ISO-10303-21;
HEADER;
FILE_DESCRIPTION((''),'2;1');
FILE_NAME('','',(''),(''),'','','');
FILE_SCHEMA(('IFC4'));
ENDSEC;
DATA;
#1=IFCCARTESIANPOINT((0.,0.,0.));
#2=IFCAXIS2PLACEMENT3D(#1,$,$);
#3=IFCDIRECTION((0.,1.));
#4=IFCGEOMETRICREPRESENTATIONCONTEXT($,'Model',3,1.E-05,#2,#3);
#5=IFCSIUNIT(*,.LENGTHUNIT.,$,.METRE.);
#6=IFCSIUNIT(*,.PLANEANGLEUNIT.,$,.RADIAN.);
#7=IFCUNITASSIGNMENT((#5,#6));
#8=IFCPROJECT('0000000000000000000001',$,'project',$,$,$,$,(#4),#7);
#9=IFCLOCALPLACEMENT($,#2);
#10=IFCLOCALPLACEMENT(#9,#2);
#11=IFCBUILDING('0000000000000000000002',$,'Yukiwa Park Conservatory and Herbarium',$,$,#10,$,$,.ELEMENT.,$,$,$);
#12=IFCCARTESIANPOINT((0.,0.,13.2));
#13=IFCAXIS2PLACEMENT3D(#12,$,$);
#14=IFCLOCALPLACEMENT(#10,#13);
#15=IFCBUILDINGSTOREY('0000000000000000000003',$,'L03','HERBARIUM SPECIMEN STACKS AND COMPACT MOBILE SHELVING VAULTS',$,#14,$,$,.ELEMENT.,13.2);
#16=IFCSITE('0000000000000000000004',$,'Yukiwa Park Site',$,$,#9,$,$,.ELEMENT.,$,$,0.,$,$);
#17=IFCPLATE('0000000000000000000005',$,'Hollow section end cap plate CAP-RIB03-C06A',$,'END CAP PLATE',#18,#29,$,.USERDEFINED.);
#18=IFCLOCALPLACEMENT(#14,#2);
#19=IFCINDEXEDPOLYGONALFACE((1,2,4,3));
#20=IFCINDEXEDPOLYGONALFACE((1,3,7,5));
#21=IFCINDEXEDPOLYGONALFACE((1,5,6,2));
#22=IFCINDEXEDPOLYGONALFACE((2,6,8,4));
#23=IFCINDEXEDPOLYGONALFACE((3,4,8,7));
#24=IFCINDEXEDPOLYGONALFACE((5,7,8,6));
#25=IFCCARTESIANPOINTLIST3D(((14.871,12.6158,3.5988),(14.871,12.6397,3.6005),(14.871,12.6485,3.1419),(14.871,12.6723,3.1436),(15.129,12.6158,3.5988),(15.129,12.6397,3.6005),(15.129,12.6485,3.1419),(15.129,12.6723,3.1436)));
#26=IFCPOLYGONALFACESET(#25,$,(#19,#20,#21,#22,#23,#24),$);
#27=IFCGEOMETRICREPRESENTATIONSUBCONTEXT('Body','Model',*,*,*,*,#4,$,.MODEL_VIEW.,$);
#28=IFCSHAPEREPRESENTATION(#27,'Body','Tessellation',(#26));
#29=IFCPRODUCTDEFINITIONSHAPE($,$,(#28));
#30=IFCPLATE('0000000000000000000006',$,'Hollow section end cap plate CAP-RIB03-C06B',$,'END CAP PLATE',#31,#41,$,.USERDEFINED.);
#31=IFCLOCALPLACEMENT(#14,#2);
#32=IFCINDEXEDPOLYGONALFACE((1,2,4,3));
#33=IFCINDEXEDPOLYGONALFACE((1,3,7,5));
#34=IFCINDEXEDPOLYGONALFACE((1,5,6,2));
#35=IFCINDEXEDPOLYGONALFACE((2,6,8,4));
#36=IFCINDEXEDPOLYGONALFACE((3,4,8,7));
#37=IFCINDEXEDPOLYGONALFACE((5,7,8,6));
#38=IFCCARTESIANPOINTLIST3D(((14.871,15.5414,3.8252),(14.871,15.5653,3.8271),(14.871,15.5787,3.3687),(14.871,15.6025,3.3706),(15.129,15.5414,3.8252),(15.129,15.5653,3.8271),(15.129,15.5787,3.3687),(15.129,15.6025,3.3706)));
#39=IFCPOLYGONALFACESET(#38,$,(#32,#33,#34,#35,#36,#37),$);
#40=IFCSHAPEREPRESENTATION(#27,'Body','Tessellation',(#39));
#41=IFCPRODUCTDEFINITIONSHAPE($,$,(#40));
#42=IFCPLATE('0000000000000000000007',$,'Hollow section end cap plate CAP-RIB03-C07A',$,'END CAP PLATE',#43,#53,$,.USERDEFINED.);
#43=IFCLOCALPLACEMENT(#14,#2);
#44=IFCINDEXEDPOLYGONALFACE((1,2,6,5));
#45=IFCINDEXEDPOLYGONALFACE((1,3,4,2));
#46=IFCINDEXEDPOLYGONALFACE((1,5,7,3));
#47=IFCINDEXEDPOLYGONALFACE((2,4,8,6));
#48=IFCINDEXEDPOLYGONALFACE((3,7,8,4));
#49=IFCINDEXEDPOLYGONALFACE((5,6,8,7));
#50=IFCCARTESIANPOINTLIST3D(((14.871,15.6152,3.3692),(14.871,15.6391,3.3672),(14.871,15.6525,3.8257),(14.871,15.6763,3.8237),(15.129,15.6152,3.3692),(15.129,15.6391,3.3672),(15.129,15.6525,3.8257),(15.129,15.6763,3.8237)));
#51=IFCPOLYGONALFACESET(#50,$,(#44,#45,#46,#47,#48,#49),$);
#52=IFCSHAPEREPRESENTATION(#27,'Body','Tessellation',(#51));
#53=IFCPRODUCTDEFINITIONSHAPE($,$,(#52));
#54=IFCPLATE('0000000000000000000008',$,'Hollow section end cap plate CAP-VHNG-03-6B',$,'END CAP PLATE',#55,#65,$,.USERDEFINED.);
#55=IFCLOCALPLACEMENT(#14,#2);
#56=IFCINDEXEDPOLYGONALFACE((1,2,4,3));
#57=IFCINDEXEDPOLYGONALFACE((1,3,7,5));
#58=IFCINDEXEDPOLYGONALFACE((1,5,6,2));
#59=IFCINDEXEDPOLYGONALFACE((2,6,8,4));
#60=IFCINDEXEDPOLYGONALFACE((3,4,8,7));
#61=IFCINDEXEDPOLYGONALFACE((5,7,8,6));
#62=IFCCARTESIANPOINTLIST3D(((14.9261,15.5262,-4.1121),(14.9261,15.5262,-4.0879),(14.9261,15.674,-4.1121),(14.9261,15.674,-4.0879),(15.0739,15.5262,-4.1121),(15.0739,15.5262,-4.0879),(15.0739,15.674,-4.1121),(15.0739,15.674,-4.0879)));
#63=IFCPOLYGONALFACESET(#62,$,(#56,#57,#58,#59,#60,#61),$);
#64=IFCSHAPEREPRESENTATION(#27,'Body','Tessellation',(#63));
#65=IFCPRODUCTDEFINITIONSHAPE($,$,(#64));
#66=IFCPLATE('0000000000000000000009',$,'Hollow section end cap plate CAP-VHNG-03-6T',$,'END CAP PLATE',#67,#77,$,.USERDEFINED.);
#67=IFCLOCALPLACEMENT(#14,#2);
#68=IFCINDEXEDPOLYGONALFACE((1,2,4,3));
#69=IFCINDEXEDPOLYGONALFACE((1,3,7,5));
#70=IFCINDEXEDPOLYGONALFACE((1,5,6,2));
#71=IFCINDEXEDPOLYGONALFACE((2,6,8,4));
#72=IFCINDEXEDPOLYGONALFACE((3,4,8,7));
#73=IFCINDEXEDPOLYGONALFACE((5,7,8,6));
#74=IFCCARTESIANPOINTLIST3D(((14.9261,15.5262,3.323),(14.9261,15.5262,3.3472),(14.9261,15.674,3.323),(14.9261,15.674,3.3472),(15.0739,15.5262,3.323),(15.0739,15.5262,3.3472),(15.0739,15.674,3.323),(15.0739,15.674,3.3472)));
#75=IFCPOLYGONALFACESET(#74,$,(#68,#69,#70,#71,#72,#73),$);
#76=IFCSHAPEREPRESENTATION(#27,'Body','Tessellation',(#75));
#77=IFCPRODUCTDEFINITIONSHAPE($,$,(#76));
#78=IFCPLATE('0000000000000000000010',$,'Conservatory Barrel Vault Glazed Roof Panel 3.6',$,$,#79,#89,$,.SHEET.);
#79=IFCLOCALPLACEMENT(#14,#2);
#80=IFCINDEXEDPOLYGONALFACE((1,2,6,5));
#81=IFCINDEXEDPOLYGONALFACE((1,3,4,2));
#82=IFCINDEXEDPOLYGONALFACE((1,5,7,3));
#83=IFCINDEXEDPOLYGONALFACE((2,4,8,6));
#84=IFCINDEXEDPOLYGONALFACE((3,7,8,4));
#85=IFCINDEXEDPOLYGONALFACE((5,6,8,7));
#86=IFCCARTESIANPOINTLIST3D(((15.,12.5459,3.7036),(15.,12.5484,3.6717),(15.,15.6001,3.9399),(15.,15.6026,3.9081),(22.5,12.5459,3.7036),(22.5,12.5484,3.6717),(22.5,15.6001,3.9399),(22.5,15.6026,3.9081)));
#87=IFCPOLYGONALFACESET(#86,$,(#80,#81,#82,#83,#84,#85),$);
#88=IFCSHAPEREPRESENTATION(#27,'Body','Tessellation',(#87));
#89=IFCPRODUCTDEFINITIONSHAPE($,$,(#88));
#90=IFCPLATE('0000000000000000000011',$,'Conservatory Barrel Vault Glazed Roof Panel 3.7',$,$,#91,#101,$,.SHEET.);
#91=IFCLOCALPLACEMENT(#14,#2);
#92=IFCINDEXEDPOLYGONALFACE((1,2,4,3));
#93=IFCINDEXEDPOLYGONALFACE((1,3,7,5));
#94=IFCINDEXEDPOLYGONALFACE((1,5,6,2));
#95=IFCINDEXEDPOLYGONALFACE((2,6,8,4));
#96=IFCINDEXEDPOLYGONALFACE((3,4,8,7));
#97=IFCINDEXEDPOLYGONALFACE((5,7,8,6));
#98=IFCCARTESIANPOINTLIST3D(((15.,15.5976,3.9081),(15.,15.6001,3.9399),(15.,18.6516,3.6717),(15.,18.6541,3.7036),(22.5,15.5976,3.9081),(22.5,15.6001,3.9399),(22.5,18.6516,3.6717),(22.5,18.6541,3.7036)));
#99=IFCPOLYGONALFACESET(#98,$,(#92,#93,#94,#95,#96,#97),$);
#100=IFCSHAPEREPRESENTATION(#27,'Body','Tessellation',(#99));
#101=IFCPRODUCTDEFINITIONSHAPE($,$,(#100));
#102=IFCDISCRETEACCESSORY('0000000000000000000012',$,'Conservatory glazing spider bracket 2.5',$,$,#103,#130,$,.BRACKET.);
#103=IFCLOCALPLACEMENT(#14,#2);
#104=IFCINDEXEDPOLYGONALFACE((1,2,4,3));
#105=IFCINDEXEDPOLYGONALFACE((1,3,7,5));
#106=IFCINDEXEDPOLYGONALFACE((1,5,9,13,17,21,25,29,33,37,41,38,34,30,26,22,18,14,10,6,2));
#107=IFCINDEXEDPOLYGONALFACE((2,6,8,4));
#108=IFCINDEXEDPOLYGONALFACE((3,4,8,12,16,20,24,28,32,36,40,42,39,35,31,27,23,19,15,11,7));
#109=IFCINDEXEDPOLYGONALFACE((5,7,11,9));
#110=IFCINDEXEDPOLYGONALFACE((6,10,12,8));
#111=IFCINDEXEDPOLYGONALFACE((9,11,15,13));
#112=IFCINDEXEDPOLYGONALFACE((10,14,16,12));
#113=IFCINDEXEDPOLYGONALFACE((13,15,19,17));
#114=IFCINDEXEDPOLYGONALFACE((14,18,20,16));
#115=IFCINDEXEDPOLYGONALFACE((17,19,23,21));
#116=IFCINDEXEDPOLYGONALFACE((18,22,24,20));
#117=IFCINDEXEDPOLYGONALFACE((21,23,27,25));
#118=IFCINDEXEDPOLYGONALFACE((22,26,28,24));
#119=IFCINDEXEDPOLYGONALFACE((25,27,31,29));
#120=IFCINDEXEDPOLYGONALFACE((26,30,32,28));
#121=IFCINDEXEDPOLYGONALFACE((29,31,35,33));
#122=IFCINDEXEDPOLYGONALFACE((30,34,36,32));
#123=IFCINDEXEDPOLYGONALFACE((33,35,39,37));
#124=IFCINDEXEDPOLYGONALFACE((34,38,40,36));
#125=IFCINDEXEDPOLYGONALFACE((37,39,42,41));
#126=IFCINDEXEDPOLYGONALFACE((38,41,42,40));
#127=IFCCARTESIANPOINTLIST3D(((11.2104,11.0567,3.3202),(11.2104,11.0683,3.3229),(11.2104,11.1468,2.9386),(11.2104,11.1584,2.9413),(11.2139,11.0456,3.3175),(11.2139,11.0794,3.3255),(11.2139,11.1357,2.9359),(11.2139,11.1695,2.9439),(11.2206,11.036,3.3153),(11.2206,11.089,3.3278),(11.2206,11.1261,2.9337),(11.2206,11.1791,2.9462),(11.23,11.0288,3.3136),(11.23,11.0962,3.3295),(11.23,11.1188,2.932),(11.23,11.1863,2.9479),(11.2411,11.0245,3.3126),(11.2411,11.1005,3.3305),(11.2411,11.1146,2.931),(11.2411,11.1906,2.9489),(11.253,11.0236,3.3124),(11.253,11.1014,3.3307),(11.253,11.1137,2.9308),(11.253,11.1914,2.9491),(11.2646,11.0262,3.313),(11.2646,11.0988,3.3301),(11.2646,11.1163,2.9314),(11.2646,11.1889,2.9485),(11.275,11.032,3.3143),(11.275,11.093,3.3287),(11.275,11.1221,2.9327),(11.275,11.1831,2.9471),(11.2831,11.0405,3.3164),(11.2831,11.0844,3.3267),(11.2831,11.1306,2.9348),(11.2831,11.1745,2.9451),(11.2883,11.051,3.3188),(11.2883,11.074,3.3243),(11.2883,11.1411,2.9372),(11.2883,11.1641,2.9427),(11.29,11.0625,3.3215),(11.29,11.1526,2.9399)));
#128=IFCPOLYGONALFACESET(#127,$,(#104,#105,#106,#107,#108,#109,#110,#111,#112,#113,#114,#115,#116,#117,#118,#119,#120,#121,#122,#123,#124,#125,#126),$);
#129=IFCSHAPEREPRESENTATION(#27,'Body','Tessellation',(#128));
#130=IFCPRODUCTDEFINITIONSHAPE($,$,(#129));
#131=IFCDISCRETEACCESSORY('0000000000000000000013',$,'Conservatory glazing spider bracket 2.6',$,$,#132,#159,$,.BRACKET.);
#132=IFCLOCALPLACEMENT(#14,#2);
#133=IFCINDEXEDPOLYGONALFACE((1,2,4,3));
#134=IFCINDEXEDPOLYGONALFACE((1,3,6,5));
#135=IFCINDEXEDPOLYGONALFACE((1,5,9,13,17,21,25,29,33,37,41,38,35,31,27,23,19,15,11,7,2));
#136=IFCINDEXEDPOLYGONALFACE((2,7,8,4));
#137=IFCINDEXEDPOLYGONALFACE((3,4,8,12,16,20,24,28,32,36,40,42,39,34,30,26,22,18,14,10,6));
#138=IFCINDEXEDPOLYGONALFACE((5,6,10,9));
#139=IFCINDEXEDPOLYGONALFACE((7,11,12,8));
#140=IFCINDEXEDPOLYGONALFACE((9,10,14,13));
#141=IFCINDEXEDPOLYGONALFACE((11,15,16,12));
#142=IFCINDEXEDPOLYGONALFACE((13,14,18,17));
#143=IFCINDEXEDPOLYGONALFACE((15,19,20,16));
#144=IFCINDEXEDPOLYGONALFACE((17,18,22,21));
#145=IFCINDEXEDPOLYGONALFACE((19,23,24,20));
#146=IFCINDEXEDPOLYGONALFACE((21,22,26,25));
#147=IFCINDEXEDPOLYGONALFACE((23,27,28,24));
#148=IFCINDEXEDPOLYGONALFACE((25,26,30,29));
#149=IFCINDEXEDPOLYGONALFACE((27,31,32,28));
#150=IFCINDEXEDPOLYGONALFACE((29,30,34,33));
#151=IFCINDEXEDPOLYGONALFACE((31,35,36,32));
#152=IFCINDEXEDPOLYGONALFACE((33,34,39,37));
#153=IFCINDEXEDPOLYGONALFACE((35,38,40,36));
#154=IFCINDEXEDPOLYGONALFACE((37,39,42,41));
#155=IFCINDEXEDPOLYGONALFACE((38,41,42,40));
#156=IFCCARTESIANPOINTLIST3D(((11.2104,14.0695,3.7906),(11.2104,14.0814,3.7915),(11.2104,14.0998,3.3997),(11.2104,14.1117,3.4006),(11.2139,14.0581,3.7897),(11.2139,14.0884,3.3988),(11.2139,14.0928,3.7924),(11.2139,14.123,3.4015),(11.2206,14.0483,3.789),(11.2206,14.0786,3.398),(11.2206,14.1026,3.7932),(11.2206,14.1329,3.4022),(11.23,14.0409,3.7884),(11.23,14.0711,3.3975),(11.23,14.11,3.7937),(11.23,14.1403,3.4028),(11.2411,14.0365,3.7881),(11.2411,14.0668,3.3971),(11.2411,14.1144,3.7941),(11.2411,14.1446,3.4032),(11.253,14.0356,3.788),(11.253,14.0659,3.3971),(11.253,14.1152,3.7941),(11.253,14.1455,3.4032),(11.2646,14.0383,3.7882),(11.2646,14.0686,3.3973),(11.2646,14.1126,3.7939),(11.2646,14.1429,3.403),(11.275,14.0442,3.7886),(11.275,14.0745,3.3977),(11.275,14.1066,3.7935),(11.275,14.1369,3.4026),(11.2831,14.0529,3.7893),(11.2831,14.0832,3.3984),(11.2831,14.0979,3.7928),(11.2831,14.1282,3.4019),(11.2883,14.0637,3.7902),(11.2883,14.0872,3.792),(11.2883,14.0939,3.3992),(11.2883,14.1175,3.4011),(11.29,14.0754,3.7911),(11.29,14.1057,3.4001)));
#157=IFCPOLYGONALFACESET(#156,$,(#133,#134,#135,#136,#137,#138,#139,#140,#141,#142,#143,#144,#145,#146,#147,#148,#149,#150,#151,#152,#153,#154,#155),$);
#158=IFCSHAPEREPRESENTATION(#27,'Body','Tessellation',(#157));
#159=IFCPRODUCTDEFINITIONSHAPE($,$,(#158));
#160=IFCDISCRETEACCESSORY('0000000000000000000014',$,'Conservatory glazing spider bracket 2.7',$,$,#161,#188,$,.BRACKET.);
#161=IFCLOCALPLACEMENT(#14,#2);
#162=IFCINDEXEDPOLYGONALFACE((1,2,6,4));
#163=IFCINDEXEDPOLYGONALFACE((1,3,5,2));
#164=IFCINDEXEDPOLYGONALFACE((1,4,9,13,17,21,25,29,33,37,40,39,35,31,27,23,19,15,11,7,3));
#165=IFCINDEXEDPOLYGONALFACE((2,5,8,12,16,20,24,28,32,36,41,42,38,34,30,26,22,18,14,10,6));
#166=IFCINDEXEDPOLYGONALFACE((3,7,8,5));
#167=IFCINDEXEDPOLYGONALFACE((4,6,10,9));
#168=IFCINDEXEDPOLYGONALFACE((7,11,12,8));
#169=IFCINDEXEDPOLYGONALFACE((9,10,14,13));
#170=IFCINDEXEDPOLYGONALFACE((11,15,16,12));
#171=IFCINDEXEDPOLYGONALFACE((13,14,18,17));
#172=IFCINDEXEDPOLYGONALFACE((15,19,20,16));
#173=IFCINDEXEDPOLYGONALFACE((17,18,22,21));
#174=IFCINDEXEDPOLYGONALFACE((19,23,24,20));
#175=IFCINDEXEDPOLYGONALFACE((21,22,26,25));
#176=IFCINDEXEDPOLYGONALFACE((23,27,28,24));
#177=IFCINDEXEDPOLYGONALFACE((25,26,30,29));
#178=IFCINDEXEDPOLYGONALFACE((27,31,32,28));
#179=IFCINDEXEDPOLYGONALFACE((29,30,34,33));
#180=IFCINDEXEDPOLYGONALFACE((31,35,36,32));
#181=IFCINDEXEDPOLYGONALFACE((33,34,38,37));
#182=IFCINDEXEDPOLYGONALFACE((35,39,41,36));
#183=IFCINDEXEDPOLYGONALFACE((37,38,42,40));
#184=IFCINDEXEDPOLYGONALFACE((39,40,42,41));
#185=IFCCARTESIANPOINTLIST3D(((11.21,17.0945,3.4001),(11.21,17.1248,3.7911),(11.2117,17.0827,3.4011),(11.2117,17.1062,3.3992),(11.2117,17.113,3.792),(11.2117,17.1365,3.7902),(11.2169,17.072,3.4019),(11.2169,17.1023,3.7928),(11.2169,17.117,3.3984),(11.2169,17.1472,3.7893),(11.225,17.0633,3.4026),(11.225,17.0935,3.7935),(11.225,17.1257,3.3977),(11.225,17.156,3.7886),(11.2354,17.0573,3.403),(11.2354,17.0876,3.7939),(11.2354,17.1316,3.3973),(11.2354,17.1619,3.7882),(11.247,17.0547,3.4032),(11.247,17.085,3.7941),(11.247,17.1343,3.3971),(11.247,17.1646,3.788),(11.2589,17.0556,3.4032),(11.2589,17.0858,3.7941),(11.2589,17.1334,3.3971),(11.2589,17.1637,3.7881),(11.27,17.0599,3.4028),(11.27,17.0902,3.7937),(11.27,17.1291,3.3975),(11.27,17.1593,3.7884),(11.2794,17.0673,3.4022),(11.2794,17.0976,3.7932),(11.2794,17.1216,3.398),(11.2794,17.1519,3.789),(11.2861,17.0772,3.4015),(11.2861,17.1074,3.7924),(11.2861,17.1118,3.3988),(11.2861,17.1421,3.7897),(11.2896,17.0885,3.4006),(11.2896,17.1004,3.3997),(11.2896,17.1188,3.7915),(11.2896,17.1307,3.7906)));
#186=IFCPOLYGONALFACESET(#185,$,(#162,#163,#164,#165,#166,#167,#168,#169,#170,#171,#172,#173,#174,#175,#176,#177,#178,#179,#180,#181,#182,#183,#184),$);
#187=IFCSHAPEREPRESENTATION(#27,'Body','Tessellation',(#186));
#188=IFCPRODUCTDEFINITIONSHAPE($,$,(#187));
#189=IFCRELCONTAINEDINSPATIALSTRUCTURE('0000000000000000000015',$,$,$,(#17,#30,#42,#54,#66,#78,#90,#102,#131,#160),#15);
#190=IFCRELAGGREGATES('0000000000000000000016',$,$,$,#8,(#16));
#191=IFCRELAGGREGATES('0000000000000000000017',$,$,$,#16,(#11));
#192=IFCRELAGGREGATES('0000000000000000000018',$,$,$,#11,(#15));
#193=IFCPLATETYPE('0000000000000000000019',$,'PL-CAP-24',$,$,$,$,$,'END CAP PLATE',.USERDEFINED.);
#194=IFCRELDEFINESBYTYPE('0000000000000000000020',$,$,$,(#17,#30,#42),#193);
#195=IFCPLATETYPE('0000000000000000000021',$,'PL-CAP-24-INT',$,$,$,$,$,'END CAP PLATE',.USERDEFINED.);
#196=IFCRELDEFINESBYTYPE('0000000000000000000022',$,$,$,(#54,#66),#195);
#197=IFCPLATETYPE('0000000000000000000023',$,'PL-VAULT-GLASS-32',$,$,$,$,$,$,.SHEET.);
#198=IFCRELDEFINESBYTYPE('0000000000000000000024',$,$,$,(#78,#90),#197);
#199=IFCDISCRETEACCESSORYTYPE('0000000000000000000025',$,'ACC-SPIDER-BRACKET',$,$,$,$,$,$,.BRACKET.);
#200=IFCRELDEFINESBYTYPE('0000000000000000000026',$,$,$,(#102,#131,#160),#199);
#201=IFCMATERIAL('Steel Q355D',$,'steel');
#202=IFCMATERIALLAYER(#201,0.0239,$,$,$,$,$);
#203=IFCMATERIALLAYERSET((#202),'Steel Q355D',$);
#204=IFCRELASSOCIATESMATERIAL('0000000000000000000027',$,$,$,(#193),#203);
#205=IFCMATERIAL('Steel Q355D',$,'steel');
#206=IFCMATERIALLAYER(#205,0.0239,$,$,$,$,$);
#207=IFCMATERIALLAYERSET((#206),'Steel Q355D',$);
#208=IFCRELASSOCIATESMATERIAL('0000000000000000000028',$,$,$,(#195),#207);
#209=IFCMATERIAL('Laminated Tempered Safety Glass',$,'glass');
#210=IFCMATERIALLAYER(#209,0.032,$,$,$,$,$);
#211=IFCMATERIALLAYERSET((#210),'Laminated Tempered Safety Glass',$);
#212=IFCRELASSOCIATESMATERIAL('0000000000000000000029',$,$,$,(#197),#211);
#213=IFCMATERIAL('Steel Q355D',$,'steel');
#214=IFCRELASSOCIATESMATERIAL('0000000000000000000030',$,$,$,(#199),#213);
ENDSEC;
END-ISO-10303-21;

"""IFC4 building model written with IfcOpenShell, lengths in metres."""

from ifc_helpers import new_model, si_unit, direction, frame, origin, origin_2d, place, context, subcontext, project, spatial, polyline, rectangle, circle, outline, extrude, material, layer, layer_set, type_object, element, save


model = new_model("IFC4")

# Units and contexts
model_context = context("Model", 3, precision=1e-05, world=origin(), true_north=direction((0.0, 1.0)))
body_context = subcontext(model_context, "Body", "Model", "MODEL_VIEW")
ifc_project = project(units=[si_unit("LENGTHUNIT", "METRE"), si_unit("PLANEANGLEUNIT", "RADIAN")], contexts=[model_context])

# Site, building, storey
site_placement = place(None, origin())
site = spatial("IfcSite", under=ifc_project, at=site_placement, Name="Yukiwa Park Site", CompositionType="ELEMENT", RefElevation=0.0)
building_placement = place(site_placement, origin())
building = spatial("IfcBuilding", under=site, at=building_placement, Name="Yukiwa Park Conservatory and Herbarium", CompositionType="ELEMENT")
storey_placement = place(building_placement, frame((0.0, 0.0, 13.2)))
storey = spatial("IfcBuildingStorey", under=building, at=storey_placement, Name="L03", Description="HERBARIUM SPECIMEN STACKS AND COMPACT MOBILE SHELVING VAULTS", CompositionType="ELEMENT", Elevation=13.2)

# Plates
ifc_material_1 = material(Name="Steel Q355D", Category="steel")
ifc_layer_1 = layer(ifc_material_1, 0.0239)
ifc_layer_set_1 = layer_set([ifc_layer_1], Name="Steel Q355D")
plate_type_1 = type_object("IfcPlateType", Name="PL-CAP-24", ElementType="END CAP PLATE", PredefinedType="USERDEFINED", material=ifc_layer_set_1)
for number, where, z_axis, x_axis, name in (
    (1, (15.0, 12.656, 3.3721), (0.0, -0.997459, -0.071247), (1.0, 0.0, 0.0), "Hollow section end cap plate CAP-RIB03-C06A"),
    (2, (15.0, 15.5601, 3.5969), (0.0, 0.996685, 0.081362), (-1.0, 0.0, 0.0), "Hollow section end cap plate CAP-RIB03-C06B"),
    (3, (15.0, 15.6577, 3.5955), (0.0, -0.996685, 0.081362), (1.0, 0.0, 0.0), "Hollow section end cap plate CAP-RIB03-C07A"),
):
    element("IfcPlate", number, at=place(storey_placement, frame(where, z_axis=z_axis, x_axis=x_axis)), inside=storey, type_object=plate_type_1, Name=name, ObjectType="END CAP PLATE", PredefinedType="USERDEFINED", context=body_context, shape_type="SweptSolid", body=[
        extrude(rectangle(XDim=0.2581, YDim=0.458, at=origin_2d()), origin(), (0.0, 0.0, 1.0), 0.0239),
    ])
ifc_material_2 = material(Name="Steel Q355D", Category="steel")
ifc_layer_2 = layer(ifc_material_2, 0.0239)
ifc_layer_set_2 = layer_set([ifc_layer_2], Name="Steel Q355D")
plate_type_2 = type_object("IfcPlateType", Name="PL-CAP-24-INT", ElementType="END CAP PLATE", PredefinedType="USERDEFINED", material=ifc_layer_set_2)
for number, where, z_axis, x_axis, name in (
    (4, (15.0, 15.6001, -4.0879), (0.0, 0.0, -1.0), (1.0, 0.0, 0.0), "Hollow section end cap plate CAP-VHNG-03-6B"),
    (5, (15.0, 15.6001, 3.323), (0.0, 0.0, 1.0), (1.0, 0.0, 0.0), "Hollow section end cap plate CAP-VHNG-03-6T"),
):
    element("IfcPlate", number, at=place(storey_placement, frame(where, z_axis=z_axis, x_axis=x_axis)), inside=storey, type_object=plate_type_2, Name=name, ObjectType="END CAP PLATE", PredefinedType="USERDEFINED", context=body_context, shape_type="SweptSolid", body=[
        extrude(rectangle(XDim=0.1477, YDim=0.1477, at=origin_2d()), origin(), (0.0, 0.0, 1.0), 0.0242),
    ])
ifc_material_3 = material(Name="Laminated Tempered Safety Glass", Category="glass")
ifc_layer_3 = layer(ifc_material_3, 0.032)
ifc_layer_set_3 = layer_set([ifc_layer_3], Name="Laminated Tempered Safety Glass")
plate_type_3 = type_object("IfcPlateType", Name="PL-VAULT-GLASS-32", PredefinedType="SHEET", material=ifc_layer_set_3)
plate_1_placement = place(storey_placement, frame((15.0, 12.5459, 3.7036), z_axis=(0.0, -0.077147, 0.99702), x_axis=(1.0, 0.0, 0.0)))
element("IfcPlate", 6, at=plate_1_placement, inside=storey, type_object=plate_type_3, Name="Conservatory Barrel Vault Glazed Roof Panel 3.6", PredefinedType="SHEET", context=body_context, shape_type="SweptSolid", body=[
    extrude(outline(polyline([(0.0, 0.0), (7.5, 0.0), (7.5, 3.0633), (0.0, 3.0633), (0.0, 0.0)])), origin(), (0.0, 0.0, -1.0), 0.032),
])
plate_2_placement = place(storey_placement, frame((15.0, 15.6001, 3.9399), z_axis=(0.0, 0.077154, 0.997019), x_axis=(1.0, 0.0, 0.0)))
element("IfcPlate", 7, at=plate_2_placement, inside=storey, type_object=plate_type_3, Name="Conservatory Barrel Vault Glazed Roof Panel 3.7", PredefinedType="SHEET", context=body_context, shape_type="SweptSolid", body=[
    extrude(outline(polyline([(0.0, 0.0), (7.5, 0.0), (7.5, 3.0631), (0.0, 3.0631), (0.0, 0.0)])), origin(), (0.0, 0.0, -1.0), 0.032),
])

# Discrete accessories
ifc_material_4 = material(Name="Steel Q355D", Category="steel")
discrete_accessory_type = type_object("IfcDiscreteAccessoryType", Name="ACC-SPIDER-BRACKET", PredefinedType="BRACKET", material=ifc_material_4)
for number, where, z_axis, x_axis, name in (
    (8, (11.25, 11.1526, 2.9399), (0.0, -0.229768, 0.973245), (1.0, 0.0, 0.0), "Conservatory glazing spider bracket 2.5"),
    (9, (11.25, 14.1057, 3.4001), (0.0, -0.07722, 0.997014), (1.0, 0.0, 0.0), "Conservatory glazing spider bracket 2.6"),
    (10, (11.25, 17.0945, 3.4001), (0.0, 0.07722, 0.997014), (-1.0, 0.0, 0.0), "Conservatory glazing spider bracket 2.7"),
):
    element("IfcDiscreteAccessory", number, at=place(storey_placement, frame(where, z_axis=z_axis, x_axis=x_axis)), inside=storey, type_object=discrete_accessory_type, Name=name, PredefinedType="BRACKET", context=body_context, shape_type="SweptSolid", body=[
        extrude(circle(Radius=0.04, at=origin_2d()), origin(), (0.0, 0.0, 1.0), 0.3921),
    ])

save(model, "model.ifc")
